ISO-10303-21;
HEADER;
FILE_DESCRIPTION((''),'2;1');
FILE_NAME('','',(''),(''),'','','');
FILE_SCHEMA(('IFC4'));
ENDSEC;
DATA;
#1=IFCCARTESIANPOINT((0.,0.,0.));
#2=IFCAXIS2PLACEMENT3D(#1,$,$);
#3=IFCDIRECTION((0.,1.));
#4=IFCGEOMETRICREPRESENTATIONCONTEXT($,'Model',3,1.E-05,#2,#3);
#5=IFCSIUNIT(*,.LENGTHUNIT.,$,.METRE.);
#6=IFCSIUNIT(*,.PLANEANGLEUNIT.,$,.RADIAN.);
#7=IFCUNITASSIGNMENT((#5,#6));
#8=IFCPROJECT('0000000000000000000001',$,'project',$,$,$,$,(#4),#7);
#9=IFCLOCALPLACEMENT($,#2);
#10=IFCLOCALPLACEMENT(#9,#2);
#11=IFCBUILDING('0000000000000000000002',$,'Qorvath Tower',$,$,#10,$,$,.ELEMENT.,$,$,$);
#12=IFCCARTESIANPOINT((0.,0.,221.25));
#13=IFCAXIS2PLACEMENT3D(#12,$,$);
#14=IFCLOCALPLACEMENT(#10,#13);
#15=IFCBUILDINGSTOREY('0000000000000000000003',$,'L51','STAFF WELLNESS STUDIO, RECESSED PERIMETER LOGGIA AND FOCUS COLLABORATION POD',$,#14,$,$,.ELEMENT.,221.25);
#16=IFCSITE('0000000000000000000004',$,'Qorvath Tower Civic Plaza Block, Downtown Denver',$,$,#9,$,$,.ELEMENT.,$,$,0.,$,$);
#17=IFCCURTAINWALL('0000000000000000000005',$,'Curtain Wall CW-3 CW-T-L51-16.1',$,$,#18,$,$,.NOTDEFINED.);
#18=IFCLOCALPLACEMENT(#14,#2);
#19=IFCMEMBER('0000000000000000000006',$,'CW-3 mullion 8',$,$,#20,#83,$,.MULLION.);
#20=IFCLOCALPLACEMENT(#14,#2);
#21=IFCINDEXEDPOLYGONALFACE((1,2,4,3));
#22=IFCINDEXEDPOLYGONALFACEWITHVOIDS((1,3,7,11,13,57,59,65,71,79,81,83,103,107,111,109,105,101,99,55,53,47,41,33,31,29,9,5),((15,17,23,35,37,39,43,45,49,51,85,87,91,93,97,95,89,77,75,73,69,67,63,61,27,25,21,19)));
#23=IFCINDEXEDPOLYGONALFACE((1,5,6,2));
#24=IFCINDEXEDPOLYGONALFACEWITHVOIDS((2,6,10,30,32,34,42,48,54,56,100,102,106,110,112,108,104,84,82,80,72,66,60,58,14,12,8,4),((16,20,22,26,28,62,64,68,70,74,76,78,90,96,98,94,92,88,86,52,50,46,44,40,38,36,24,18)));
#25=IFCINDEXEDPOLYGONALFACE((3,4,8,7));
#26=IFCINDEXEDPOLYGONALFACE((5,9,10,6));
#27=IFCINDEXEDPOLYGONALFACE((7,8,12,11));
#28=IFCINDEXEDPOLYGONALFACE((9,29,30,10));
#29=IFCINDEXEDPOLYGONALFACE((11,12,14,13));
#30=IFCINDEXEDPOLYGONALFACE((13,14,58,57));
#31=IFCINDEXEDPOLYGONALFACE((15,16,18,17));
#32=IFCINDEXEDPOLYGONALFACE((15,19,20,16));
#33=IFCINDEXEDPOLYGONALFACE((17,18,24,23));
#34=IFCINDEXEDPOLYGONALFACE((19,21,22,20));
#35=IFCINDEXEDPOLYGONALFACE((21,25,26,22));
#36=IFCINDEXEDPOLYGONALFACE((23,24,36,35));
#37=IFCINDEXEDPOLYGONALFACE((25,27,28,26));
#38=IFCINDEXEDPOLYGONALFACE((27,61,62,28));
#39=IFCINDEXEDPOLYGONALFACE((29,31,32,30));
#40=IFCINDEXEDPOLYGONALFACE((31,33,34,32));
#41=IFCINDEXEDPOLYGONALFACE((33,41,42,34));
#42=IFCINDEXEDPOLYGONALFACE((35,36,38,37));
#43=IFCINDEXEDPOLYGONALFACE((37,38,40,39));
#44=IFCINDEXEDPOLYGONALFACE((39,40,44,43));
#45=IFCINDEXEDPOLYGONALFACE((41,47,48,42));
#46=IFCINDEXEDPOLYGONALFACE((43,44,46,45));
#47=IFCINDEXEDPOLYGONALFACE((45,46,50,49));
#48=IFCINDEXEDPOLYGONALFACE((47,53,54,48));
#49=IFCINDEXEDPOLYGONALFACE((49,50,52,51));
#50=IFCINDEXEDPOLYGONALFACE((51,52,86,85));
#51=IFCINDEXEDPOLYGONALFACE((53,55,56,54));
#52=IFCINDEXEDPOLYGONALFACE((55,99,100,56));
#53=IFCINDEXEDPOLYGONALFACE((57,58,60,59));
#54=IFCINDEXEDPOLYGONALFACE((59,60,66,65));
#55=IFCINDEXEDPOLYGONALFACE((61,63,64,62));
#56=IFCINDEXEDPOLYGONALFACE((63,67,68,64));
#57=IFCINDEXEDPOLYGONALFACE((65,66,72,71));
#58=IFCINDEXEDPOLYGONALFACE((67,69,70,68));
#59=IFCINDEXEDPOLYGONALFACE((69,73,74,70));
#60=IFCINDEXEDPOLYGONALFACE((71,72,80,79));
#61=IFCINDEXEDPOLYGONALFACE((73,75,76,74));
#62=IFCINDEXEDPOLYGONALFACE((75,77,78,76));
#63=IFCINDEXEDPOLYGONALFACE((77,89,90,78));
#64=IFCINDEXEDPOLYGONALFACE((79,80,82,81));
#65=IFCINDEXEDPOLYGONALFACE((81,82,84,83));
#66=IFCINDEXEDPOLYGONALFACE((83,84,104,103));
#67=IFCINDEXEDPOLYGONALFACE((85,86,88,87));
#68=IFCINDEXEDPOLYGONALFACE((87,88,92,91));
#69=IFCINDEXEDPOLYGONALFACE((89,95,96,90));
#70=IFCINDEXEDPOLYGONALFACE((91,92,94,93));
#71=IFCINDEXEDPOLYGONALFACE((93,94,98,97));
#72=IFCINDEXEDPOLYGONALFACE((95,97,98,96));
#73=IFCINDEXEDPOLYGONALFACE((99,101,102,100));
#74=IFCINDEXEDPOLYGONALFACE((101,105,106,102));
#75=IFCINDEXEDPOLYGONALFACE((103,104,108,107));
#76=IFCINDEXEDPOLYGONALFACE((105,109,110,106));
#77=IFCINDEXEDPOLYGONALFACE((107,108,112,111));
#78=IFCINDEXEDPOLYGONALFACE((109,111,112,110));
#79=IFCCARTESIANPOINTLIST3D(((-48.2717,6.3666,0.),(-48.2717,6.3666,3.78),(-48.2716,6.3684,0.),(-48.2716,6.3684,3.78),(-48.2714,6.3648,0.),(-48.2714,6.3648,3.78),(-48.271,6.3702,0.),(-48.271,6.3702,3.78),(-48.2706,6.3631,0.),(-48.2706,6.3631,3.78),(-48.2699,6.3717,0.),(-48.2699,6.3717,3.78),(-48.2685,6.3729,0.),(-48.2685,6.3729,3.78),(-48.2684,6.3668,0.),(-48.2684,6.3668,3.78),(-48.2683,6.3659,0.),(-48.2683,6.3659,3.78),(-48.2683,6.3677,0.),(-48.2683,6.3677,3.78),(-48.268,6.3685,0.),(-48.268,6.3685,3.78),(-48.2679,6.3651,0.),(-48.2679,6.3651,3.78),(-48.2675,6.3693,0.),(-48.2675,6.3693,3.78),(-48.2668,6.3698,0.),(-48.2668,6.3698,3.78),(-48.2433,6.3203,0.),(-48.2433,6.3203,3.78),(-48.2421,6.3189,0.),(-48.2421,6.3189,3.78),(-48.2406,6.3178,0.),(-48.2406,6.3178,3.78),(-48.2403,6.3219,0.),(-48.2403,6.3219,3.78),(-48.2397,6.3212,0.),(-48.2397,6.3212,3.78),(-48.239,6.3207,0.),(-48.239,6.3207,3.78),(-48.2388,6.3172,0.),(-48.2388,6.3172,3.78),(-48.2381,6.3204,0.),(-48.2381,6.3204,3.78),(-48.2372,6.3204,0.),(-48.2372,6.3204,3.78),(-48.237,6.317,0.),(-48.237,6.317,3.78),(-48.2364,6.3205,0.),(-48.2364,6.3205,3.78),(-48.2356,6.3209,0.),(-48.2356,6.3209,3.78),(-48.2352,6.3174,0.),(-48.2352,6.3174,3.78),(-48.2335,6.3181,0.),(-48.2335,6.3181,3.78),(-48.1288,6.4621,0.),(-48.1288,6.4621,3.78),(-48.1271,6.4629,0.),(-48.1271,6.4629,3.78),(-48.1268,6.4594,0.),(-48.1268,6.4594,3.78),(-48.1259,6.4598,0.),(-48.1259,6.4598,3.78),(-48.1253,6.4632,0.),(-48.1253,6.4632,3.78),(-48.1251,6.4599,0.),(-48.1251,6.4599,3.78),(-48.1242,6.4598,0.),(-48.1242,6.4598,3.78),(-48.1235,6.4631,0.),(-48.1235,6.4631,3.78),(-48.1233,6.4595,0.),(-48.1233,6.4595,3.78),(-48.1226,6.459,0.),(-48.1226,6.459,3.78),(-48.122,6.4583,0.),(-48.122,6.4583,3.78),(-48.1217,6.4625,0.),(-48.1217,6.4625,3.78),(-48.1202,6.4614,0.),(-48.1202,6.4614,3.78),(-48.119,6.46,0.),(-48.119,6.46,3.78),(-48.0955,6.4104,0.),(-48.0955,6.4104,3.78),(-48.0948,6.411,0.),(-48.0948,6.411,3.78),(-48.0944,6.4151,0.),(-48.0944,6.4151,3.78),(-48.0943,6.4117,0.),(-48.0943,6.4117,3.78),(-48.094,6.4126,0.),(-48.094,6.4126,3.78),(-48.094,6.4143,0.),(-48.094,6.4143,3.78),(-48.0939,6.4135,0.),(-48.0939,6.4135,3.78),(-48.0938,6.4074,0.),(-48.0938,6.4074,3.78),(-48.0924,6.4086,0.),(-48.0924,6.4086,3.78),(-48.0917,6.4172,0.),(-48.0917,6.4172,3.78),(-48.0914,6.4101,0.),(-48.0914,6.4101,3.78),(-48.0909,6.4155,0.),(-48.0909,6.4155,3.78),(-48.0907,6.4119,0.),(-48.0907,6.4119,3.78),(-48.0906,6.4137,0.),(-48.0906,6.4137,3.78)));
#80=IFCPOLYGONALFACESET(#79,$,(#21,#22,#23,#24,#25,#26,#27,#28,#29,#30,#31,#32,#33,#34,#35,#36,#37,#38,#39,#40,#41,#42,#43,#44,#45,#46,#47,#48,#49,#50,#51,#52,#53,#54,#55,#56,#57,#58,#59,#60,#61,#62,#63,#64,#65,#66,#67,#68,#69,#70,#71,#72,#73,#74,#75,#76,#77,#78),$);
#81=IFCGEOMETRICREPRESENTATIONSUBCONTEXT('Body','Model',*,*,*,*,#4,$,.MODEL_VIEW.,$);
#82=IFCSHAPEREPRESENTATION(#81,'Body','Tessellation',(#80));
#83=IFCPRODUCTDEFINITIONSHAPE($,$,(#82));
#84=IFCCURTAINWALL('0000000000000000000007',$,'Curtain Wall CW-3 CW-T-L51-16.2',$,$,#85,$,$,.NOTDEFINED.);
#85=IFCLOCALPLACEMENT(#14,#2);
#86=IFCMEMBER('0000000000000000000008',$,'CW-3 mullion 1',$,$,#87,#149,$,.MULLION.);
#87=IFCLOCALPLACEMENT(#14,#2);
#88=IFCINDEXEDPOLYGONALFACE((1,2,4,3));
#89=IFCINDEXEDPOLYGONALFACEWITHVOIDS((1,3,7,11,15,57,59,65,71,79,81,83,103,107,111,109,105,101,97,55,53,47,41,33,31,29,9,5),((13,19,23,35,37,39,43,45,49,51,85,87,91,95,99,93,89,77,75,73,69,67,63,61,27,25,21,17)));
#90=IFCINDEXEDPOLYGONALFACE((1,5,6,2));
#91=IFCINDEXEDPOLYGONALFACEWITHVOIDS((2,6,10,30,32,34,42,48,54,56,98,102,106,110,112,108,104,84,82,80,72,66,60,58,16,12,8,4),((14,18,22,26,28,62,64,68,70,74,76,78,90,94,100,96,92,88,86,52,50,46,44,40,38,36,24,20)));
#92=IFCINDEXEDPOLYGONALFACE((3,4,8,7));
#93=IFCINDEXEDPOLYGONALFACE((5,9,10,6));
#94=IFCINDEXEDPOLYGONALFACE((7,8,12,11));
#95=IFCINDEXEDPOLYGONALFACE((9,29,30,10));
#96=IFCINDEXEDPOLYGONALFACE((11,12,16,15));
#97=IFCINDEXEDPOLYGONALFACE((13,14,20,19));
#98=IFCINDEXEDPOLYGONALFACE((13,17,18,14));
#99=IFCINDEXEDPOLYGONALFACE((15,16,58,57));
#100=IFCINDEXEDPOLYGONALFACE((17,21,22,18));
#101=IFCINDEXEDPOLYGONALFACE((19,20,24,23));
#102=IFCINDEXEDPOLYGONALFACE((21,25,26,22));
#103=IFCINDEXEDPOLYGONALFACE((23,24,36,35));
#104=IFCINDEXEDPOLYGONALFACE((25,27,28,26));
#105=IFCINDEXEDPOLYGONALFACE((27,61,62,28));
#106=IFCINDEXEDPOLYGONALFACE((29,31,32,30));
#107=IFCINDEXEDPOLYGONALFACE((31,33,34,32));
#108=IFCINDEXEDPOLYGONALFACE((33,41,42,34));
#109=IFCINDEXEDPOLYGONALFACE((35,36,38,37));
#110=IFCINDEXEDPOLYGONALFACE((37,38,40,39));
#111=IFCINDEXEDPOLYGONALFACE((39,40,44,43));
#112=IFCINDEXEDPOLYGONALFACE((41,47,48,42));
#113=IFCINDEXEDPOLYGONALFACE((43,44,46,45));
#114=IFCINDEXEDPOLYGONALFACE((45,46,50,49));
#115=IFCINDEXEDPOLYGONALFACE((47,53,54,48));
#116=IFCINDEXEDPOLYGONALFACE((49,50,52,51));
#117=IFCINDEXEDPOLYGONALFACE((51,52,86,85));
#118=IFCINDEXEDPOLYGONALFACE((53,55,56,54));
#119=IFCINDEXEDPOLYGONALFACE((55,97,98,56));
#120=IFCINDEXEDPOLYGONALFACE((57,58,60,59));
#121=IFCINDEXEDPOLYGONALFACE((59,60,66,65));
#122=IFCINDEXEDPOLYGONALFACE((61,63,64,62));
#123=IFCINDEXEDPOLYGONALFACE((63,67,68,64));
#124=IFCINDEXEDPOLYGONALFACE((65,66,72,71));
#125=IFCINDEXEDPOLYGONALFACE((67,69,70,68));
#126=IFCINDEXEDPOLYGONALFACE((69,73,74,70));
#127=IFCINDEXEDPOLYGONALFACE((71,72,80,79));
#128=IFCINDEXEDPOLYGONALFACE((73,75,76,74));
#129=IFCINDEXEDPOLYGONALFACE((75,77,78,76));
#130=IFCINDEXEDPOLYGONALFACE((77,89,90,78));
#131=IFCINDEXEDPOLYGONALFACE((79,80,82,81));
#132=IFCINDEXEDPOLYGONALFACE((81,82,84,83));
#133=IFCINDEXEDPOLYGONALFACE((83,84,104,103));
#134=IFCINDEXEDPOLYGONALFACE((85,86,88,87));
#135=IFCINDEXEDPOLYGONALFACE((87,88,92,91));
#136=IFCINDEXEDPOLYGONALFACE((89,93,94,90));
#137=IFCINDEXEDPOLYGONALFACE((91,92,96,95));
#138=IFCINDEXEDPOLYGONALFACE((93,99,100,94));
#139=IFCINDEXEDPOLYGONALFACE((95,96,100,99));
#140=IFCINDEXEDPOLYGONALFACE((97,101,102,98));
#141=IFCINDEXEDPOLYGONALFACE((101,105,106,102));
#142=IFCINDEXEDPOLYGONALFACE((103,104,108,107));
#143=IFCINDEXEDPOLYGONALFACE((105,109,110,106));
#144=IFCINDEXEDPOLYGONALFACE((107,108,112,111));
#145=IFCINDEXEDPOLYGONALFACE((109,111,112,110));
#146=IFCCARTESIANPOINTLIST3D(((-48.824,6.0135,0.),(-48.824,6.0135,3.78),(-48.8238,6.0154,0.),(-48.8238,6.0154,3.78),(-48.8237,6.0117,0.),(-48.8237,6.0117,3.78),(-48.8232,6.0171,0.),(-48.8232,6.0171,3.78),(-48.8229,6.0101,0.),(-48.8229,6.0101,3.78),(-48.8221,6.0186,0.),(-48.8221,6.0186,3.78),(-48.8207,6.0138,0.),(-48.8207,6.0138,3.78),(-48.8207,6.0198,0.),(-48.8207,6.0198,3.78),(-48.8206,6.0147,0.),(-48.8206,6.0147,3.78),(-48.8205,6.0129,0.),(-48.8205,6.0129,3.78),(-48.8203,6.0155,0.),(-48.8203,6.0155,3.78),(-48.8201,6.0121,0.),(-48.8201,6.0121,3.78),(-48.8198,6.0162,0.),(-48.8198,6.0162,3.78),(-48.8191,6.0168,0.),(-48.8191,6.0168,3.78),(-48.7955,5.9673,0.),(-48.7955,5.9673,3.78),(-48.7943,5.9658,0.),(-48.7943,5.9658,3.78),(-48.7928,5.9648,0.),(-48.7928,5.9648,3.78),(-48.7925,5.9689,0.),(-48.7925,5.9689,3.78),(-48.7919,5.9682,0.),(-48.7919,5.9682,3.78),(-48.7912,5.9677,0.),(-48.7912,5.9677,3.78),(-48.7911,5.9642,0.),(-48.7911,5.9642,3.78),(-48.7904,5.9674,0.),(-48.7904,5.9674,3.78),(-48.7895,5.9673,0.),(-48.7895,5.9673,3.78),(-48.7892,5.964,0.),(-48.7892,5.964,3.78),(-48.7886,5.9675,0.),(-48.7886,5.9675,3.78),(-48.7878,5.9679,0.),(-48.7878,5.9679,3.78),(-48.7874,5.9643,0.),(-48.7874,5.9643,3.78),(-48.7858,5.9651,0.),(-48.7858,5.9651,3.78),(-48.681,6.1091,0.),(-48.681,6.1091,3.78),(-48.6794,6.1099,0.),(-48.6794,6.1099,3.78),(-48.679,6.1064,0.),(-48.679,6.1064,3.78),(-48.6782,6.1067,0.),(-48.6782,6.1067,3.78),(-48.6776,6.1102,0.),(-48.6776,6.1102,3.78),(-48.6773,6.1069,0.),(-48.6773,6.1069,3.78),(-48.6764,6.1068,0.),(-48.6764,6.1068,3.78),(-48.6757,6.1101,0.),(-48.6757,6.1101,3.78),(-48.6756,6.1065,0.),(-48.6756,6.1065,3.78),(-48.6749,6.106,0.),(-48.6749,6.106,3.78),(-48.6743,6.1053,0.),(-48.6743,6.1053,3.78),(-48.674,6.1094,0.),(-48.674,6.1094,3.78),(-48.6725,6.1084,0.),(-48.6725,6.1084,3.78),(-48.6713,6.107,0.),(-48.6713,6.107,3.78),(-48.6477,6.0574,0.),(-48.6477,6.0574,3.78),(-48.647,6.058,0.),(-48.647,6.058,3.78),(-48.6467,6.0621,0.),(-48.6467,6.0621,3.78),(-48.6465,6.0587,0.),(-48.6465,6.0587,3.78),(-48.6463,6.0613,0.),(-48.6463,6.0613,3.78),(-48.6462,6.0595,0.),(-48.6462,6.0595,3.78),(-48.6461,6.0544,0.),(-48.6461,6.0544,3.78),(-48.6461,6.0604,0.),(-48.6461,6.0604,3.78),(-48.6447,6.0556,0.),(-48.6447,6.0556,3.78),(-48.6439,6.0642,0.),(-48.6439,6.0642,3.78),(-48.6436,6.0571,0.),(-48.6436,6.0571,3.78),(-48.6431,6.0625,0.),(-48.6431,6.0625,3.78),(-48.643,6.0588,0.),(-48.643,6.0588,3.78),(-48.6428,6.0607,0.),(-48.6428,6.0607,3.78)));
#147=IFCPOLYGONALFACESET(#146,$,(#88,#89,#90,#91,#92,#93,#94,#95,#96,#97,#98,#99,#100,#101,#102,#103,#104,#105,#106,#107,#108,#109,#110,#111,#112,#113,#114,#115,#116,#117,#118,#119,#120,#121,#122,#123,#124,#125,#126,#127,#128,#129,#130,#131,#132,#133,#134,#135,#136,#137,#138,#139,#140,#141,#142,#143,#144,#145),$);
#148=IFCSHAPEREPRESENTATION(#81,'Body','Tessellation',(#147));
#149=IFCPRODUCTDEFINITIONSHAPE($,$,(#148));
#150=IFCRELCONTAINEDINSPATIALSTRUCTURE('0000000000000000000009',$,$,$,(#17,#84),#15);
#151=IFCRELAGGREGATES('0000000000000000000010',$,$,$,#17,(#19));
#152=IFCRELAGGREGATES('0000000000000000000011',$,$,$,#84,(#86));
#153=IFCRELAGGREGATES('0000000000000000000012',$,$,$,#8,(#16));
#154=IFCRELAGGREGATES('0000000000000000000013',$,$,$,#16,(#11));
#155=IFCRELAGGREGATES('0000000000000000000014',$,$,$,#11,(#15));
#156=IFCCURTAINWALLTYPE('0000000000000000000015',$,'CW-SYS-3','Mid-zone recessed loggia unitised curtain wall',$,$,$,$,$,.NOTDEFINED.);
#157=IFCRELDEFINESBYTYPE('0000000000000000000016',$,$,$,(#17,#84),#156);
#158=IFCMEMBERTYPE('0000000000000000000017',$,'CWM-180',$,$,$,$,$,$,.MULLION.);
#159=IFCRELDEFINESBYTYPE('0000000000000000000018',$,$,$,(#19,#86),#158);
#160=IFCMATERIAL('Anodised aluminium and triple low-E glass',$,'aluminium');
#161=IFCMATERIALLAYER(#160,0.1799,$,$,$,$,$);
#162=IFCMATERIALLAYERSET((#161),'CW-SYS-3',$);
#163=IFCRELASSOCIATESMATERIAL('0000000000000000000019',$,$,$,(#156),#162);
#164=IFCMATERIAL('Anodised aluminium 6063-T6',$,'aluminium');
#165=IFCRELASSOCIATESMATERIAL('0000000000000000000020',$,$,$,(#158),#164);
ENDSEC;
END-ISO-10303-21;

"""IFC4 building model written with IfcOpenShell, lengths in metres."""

from ifc_helpers import new_model, si_unit, direction, frame, origin, origin_2d, place, context, subcontext, project, spatial, hollow_rectangle, extrude, material, layer, layer_set, material_profile, profile_set, type_object, element, aggregate, save


model = new_model("IFC4")

# Units and contexts
model_context = context("Model", 3, precision=1e-05, world=origin(), true_north=direction((0.0, 1.0)))
body_context = subcontext(model_context, "Body", "Model", "MODEL_VIEW")
ifc_project = project(units=[si_unit("LENGTHUNIT", "METRE"), si_unit("PLANEANGLEUNIT", "RADIAN")], contexts=[model_context])

# Site, building, storey
site_placement = place(None, origin())
site = spatial("IfcSite", under=ifc_project, at=site_placement, Name="Qorvath Tower Civic Plaza Block, Downtown Denver", CompositionType="ELEMENT", RefElevation=0.0)
building_placement = place(site_placement, origin())
building = spatial("IfcBuilding", under=site, at=building_placement, Name="Qorvath Tower", CompositionType="ELEMENT")
storey_placement = place(building_placement, frame((0.0, 0.0, 221.25)))
storey = spatial("IfcBuildingStorey", under=building, at=storey_placement, Name="L51", Description="STAFF WELLNESS STUDIO, RECESSED PERIMETER LOGGIA AND FOCUS COLLABORATION POD", CompositionType="ELEMENT", Elevation=221.25)

# Curtain walls, members
ifc_material_1 = material(Name="Anodised aluminium and triple low-E glass", Category="aluminium")
ifc_layer_1 = layer(ifc_material_1, 0.1799)
ifc_layer_set_1 = layer_set([ifc_layer_1], Name="CW-SYS-3")
curtain_wall_type = type_object("IfcCurtainWallType", Name="CW-SYS-3", Description="Mid-zone recessed loggia unitised curtain wall", PredefinedType="NOTDEFINED", material=ifc_layer_set_1)
curtain_wall_1_placement = place(storey_placement, origin())
curtain_wall_1 = element("IfcCurtainWall", 1, at=curtain_wall_1_placement, inside=storey, type_object=curtain_wall_type, Name="Curtain Wall CW-3 CW-T-L51-16.1", PredefinedType="NOTDEFINED")
ifc_material_2 = material(Name="Anodised aluminium 6063-T6", Category="aluminium")
ifc_material_profile_1 = material_profile(ifc_material_2, hollow_rectangle(XDim=0.0649, YDim=0.1799, WallThickness=0.0034, InnerFilletRadius=0.0034, OuterFilletRadius=0.0071, at=origin_2d()), Name="CWM 180x65")
ifc_profile_set_1 = profile_set([ifc_material_profile_1], Name="Anodised aluminium 6063-T6")
member_type_1 = type_object("IfcMemberType", Name="CWM-180", PredefinedType="MULLION", material=ifc_profile_set_1)
member_1_placement = place(storey_placement, frame((-48.1812, 6.3901, 0.0), z_axis=(0.0, 0.0, 1.0), x_axis=(0.538535, -0.842603, 0.0)))
member_1 = element("IfcMember", 2, at=member_1_placement, type_object=member_type_1, Name="CW-3 mullion 8", PredefinedType="MULLION", context=body_context, shape_type="SweptSolid", body=[
    extrude(hollow_rectangle(XDim=0.0649, YDim=0.1799, WallThickness=0.0034, InnerFilletRadius=0.0034, OuterFilletRadius=0.0071, at=origin_2d()), origin(), (0.0, 0.0, 1.0), 3.78),
])
curtain_wall_2_placement = place(storey_placement, origin())
curtain_wall_2 = element("IfcCurtainWall", 3, at=curtain_wall_2_placement, inside=storey, type_object=curtain_wall_type, Name="Curtain Wall CW-3 CW-T-L51-16.2", PredefinedType="NOTDEFINED")
member_2_placement = place(storey_placement, frame((-48.7334, 6.0371, 0.0), z_axis=(0.0, 0.0, 1.0), x_axis=(0.538553, -0.842592, 0.0)))
member_2 = element("IfcMember", 4, at=member_2_placement, type_object=member_type_1, Name="CW-3 mullion 1", PredefinedType="MULLION", context=body_context, shape_type="SweptSolid", body=[
    extrude(hollow_rectangle(XDim=0.0649, YDim=0.1799, WallThickness=0.0034, InnerFilletRadius=0.0034, OuterFilletRadius=0.0071, at=origin_2d()), origin(), (0.0, 0.0, 1.0), 3.78),
])

aggregate(curtain_wall_1, [member_1])
aggregate(curtain_wall_2, [member_2])

save(model, "model.ifc")
